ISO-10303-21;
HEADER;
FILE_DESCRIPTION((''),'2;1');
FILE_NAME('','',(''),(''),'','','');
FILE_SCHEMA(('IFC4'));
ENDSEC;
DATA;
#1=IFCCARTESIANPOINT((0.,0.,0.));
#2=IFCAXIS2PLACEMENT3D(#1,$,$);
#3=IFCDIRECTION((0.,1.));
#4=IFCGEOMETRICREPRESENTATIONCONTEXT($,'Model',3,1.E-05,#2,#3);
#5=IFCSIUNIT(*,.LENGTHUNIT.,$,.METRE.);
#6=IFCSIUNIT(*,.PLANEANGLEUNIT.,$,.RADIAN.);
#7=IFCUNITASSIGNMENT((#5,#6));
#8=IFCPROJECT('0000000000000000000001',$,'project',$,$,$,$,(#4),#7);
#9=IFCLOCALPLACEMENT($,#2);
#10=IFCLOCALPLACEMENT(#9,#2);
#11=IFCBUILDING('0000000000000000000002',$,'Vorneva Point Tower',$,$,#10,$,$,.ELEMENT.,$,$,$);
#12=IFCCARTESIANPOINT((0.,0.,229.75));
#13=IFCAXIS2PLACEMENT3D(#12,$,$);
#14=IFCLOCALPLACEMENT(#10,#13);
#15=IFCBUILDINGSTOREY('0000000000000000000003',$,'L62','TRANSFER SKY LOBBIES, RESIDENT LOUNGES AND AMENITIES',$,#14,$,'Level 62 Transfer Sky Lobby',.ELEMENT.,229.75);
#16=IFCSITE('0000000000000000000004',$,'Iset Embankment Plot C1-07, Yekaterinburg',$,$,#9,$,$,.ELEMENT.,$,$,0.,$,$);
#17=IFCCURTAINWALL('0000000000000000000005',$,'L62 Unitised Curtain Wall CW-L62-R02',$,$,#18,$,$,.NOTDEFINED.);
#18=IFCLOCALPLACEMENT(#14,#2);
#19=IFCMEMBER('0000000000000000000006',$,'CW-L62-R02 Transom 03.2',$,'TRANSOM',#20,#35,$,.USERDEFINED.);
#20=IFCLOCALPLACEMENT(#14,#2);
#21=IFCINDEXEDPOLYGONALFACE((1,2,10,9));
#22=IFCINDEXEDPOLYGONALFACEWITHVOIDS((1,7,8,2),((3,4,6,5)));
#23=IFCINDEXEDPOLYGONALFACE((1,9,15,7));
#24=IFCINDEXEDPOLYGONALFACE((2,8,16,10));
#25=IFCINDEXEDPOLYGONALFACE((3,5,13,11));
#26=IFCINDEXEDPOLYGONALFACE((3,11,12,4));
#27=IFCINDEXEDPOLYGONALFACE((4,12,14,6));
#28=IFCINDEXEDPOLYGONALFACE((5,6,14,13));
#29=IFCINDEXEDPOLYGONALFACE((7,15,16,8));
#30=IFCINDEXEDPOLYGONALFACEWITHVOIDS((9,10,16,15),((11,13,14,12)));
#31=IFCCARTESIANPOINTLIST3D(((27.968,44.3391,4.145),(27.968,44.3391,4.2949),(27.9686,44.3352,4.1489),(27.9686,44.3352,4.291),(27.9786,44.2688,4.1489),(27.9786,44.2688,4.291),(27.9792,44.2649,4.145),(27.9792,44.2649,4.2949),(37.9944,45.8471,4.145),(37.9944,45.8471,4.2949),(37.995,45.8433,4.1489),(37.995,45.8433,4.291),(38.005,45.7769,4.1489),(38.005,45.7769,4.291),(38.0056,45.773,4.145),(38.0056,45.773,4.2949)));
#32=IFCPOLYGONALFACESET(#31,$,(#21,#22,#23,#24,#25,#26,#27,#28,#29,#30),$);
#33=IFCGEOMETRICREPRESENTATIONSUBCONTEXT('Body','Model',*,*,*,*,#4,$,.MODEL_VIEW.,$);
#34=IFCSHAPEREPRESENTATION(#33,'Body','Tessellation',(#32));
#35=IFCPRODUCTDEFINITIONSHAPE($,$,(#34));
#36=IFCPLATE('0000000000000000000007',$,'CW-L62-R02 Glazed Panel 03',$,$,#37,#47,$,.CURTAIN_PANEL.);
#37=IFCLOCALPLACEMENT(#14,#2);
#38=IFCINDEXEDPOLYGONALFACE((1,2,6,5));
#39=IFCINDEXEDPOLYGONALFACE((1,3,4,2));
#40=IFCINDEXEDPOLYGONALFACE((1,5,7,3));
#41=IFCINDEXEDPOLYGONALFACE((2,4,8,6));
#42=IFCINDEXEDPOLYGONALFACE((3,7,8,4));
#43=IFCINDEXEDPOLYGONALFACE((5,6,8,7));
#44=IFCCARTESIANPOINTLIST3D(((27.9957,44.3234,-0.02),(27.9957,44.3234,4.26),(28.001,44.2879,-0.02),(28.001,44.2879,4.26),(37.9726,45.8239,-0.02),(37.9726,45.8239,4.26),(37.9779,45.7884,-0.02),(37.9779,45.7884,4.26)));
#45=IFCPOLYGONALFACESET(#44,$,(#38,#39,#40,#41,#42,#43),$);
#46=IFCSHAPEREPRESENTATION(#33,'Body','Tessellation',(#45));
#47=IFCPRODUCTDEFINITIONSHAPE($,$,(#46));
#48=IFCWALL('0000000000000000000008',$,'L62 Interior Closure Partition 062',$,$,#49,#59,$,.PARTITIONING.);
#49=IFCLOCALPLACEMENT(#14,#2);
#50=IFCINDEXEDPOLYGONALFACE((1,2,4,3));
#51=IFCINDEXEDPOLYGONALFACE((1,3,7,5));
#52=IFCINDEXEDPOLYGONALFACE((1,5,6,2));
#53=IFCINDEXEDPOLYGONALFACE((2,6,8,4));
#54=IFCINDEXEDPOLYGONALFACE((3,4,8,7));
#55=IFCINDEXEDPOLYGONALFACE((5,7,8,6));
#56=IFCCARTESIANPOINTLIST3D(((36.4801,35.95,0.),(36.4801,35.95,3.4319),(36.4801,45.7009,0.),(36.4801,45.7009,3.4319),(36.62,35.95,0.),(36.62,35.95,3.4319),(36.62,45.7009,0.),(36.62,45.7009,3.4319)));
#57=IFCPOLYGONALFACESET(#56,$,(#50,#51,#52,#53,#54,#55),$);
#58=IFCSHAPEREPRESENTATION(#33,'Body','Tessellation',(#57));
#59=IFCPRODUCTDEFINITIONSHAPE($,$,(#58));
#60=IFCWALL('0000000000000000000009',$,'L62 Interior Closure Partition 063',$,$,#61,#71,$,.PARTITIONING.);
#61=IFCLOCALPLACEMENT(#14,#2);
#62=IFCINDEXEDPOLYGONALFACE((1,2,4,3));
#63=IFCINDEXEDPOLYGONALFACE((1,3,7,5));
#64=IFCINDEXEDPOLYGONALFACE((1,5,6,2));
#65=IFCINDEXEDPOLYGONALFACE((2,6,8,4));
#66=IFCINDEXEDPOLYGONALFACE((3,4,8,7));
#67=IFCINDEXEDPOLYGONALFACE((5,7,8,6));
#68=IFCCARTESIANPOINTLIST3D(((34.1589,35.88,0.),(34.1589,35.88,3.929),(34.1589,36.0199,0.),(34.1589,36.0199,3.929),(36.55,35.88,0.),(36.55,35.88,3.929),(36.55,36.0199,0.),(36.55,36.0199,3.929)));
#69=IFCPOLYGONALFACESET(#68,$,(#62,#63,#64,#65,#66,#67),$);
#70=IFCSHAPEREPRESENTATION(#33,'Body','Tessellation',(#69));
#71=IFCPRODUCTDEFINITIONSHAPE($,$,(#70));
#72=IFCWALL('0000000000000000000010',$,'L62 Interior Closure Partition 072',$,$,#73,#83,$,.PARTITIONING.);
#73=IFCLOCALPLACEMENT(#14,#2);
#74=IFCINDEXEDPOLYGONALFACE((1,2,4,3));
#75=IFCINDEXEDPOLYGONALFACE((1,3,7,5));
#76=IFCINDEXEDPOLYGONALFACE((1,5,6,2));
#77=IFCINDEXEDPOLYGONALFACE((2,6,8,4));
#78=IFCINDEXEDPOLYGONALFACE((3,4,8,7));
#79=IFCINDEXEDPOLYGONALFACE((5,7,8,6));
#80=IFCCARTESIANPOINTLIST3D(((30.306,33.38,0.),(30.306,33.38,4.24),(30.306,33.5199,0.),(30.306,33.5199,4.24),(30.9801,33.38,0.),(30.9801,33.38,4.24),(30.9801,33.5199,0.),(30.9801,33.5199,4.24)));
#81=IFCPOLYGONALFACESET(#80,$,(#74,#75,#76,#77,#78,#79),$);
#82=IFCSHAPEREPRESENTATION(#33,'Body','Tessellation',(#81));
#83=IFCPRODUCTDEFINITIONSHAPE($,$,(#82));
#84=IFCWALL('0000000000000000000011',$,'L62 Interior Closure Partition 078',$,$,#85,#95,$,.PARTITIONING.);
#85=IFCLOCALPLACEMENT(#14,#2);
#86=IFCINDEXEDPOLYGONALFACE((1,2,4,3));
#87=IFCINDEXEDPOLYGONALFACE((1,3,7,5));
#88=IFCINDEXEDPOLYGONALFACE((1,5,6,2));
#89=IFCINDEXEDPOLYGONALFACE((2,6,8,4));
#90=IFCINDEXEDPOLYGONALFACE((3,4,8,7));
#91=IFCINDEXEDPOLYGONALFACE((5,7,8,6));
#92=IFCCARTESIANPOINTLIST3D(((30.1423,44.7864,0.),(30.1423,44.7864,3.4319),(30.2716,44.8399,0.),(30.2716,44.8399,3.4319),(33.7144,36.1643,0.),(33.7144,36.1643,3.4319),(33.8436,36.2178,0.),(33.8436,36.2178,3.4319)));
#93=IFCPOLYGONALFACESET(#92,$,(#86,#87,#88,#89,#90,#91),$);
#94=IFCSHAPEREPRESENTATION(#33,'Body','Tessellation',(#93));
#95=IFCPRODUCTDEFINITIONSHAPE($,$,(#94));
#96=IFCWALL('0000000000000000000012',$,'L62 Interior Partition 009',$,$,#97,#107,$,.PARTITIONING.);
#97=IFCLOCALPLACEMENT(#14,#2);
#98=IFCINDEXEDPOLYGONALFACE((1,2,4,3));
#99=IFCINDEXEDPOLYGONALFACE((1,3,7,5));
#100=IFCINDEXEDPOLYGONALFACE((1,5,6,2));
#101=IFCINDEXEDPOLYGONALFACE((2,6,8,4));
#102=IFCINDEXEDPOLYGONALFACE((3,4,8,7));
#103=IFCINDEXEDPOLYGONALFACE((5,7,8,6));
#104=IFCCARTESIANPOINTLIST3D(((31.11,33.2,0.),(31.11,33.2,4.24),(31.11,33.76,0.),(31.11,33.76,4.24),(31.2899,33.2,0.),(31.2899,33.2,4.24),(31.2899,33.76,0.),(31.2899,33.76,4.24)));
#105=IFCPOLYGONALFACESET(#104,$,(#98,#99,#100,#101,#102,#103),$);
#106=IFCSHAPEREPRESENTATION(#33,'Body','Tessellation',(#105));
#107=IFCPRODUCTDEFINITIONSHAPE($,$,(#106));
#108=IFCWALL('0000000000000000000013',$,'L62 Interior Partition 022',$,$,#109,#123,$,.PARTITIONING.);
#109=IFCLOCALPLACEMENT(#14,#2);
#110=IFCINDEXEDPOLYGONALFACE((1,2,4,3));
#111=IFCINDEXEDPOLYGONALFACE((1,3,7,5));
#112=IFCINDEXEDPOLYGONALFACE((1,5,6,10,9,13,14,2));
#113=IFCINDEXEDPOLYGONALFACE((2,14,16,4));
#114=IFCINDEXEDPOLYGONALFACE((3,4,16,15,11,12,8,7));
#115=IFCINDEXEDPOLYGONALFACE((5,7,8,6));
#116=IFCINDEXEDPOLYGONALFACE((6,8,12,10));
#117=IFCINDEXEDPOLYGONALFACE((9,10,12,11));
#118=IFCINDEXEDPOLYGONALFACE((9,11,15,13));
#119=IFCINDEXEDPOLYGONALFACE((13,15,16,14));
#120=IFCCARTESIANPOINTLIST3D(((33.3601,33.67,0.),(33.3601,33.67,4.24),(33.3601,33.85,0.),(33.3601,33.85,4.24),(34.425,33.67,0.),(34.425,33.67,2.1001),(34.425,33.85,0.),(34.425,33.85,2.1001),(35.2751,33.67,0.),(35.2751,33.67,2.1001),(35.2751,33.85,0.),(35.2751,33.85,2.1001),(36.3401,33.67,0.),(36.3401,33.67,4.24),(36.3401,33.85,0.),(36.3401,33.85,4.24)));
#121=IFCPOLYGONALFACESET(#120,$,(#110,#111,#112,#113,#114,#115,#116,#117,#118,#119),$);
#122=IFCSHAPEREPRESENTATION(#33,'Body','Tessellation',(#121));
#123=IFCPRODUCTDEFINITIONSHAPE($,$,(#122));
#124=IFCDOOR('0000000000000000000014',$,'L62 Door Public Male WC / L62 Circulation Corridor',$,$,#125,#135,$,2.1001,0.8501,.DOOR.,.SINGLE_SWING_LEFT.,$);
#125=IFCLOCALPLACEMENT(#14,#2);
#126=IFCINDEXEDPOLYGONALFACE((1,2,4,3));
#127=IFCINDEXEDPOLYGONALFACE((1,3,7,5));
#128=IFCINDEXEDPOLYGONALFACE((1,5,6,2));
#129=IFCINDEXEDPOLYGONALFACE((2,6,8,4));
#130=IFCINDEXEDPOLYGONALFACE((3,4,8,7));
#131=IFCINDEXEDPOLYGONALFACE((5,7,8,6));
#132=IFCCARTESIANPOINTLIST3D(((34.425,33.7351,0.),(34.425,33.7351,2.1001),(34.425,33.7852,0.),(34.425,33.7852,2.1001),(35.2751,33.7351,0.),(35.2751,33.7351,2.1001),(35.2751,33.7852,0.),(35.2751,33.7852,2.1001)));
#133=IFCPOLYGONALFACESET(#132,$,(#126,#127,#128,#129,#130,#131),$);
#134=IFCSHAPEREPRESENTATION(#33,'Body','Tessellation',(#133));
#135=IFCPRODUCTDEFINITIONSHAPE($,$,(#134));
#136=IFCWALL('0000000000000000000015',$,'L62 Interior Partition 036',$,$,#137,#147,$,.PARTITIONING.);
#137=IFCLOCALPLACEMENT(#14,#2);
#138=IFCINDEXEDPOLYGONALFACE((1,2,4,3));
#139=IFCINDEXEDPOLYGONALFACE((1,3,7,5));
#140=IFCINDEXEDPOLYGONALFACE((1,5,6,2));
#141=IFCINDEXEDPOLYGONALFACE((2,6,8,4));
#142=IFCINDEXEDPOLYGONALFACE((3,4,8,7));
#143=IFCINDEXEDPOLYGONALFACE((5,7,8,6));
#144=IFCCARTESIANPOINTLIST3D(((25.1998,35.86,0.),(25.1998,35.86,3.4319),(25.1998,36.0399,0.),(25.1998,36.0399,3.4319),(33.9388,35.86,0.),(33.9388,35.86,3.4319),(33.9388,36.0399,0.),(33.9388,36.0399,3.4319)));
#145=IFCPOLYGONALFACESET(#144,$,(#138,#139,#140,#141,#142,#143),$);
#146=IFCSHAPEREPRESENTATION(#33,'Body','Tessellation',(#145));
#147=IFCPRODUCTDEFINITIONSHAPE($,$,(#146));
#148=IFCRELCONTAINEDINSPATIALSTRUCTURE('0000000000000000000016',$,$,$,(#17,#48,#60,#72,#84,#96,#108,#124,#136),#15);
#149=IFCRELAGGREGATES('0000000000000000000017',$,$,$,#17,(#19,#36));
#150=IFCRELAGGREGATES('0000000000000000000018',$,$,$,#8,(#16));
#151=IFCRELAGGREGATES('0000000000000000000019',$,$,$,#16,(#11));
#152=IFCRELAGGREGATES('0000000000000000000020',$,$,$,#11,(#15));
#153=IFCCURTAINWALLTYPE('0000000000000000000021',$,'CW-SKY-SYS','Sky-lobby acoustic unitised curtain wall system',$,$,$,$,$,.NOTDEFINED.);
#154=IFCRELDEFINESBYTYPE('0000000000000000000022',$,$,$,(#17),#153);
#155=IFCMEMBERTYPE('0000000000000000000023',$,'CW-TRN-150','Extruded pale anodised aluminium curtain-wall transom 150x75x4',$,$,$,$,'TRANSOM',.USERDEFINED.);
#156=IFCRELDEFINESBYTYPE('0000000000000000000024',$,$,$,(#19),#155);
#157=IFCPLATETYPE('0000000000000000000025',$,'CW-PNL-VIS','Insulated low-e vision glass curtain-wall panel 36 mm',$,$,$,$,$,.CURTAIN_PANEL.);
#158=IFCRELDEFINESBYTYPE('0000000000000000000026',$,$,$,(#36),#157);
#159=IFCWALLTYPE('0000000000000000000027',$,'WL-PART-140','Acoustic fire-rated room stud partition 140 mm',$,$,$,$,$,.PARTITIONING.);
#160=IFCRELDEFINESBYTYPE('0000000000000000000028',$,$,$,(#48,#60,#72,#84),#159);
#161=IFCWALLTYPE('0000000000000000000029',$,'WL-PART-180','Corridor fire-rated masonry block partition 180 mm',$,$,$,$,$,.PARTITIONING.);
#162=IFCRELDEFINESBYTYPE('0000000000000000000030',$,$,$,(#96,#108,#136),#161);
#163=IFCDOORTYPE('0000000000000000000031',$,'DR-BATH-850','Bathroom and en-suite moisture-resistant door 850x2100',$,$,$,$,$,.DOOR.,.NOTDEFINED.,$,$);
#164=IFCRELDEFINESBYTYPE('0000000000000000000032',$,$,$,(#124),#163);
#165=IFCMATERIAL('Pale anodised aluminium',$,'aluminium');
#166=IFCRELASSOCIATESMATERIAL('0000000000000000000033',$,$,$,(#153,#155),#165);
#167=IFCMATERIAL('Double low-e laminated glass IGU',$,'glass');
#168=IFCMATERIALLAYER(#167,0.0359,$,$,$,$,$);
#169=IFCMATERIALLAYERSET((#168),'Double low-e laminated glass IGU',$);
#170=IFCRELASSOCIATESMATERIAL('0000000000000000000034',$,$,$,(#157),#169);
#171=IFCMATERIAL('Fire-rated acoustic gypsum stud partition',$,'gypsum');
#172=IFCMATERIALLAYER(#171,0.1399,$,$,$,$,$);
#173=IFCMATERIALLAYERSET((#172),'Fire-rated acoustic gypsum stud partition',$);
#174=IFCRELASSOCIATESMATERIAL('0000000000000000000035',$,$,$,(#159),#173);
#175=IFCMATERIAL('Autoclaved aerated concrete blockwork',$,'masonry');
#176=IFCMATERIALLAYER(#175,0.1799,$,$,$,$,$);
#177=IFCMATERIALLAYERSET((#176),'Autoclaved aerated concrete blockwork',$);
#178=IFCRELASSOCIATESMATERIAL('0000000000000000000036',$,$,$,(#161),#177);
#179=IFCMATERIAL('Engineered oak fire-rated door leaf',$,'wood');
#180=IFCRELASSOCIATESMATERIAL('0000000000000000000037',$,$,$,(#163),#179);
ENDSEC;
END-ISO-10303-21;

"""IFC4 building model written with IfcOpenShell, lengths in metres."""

from ifc_helpers import new_model, si_unit, direction, frame, frame_2d, origin, origin_2d, place, context, subcontext, project, spatial, rectangle, hollow_rectangle, extrude, material, layer, layer_set, material_profile, profile_set, type_object, element, fill, aggregate, save


model = new_model("IFC4")

# Units and contexts
model_context = context("Model", 3, precision=1e-05, world=origin(), true_north=direction((0.0, 1.0)))
body_context = subcontext(model_context, "Body", "Model", "MODEL_VIEW")
ifc_project = project(units=[si_unit("LENGTHUNIT", "METRE"), si_unit("PLANEANGLEUNIT", "RADIAN")], contexts=[model_context])

# Site, building, storey
site_placement = place(None, origin())
site = spatial("IfcSite", under=ifc_project, at=site_placement, Name="Iset Embankment Plot C1-07, Yekaterinburg", CompositionType="ELEMENT", RefElevation=0.0)
building_placement = place(site_placement, origin())
building = spatial("IfcBuilding", under=site, at=building_placement, Name="Vorneva Point Tower", CompositionType="ELEMENT")
storey_placement = place(building_placement, frame((0.0, 0.0, 229.75)))
storey = spatial("IfcBuildingStorey", under=building, at=storey_placement, Name="L62", Description="TRANSFER SKY LOBBIES, RESIDENT LOUNGES AND AMENITIES", LongName="Level 62 Transfer Sky Lobby", CompositionType="ELEMENT", Elevation=229.75)

# Curtain wall, member, plate
ifc_material_1 = material(Name="Pale anodised aluminium", Category="aluminium")
curtain_wall_type = type_object("IfcCurtainWallType", Name="CW-SKY-SYS", Description="Sky-lobby acoustic unitised curtain wall system", PredefinedType="NOTDEFINED", material=ifc_material_1)
curtain_wall_placement = place(storey_placement, origin())
curtain_wall = element("IfcCurtainWall", 1, at=curtain_wall_placement, inside=storey, type_object=curtain_wall_type, Name="L62 Unitised Curtain Wall CW-L62-R02", PredefinedType="NOTDEFINED")
ifc_material_profile_1 = material_profile(ifc_material_1, hollow_rectangle(XDim=0.075, YDim=0.1499, WallThickness=0.0039, at=origin_2d()), Name="AL-TRN 150x75x4")
ifc_profile_set_1 = profile_set([ifc_material_profile_1], Name="Pale anodised aluminium")
member_type_1 = type_object("IfcMemberType", Name="CW-TRN-150", Description="Extruded pale anodised aluminium curtain-wall transom 150x75x4", ElementType="TRANSOM", PredefinedType="USERDEFINED", material=ifc_profile_set_1)
member_1_placement = place(storey_placement, frame((38.0, 45.8101, 4.22), z_axis=(-0.988877, -0.148736, 0.0), x_axis=(0.148736, -0.988877, 0.0)))
member_1 = element("IfcMember", 2, at=member_1_placement, type_object=member_type_1, Name="CW-L62-R02 Transom 03.2", ObjectType="TRANSOM", PredefinedType="USERDEFINED", context=body_context, shape_type="SweptSolid", body=[
    extrude(hollow_rectangle(XDim=0.075, YDim=0.1499, WallThickness=0.0039, at=origin_2d()), origin(), (0.0, 0.0, 1.0), 10.1392),
])
ifc_material_2 = material(Name="Double low-e laminated glass IGU", Category="glass")
ifc_layer_1 = layer(ifc_material_2, 0.0359)
ifc_layer_set_1 = layer_set([ifc_layer_1], Name="Double low-e laminated glass IGU")
plate_type = type_object("IfcPlateType", Name="CW-PNL-VIS", Description="Insulated low-e vision glass curtain-wall panel 36 mm", PredefinedType="CURTAIN_PANEL", material=ifc_layer_set_1)
plate_placement = place(storey_placement, frame((32.9868, 45.0559, -0.02), z_axis=(0.0, 0.0, 1.0), x_axis=(-0.988879, -0.148724, 0.0)))
plate = element("IfcPlate", 3, at=plate_placement, type_object=plate_type, Name="CW-L62-R02 Glazed Panel 03", PredefinedType="CURTAIN_PANEL", context=body_context, shape_type="SweptSolid", body=[
    extrude(rectangle(XDim=10.0891, YDim=0.0359, at=origin_2d()), origin(), (0.0, 0.0, 1.0), 4.28),
])
aggregate(curtain_wall, [member_1, plate])

# Walls
ifc_material_3 = material(Name="Fire-rated acoustic gypsum stud partition", Category="gypsum")
ifc_layer_2 = layer(ifc_material_3, 0.1399)
ifc_layer_set_2 = layer_set([ifc_layer_2], Name="Fire-rated acoustic gypsum stud partition")
wall_type_1 = type_object("IfcWallType", Name="WL-PART-140", Description="Acoustic fire-rated room stud partition 140 mm", PredefinedType="PARTITIONING", material=ifc_layer_set_2)
wall_1_placement = place(storey_placement, frame((36.55, 45.7009, 0.0), z_axis=(0.0, 0.0, 1.0), x_axis=(0.0, -1.0, 0.0)))
element("IfcWall", 4, at=wall_1_placement, inside=storey, type_object=wall_type_1, Name="L62 Interior Closure Partition 062", PredefinedType="PARTITIONING", context=body_context, shape_type="SweptSolid", body=[
    extrude(rectangle(XDim=9.751, YDim=0.1399, at=frame_2d((4.8755, 0.0))), origin(), (0.0, 0.0, 1.0), 3.4319),
])
wall_2_placement = place(storey_placement, frame((36.55, 35.95, 0.0), z_axis=(0.0, 0.0, 1.0), x_axis=(-1.0, 0.0, 0.0)))
element("IfcWall", 5, at=wall_2_placement, inside=storey, type_object=wall_type_1, Name="L62 Interior Closure Partition 063", PredefinedType="PARTITIONING", context=body_context, shape_type="SweptSolid", body=[
    extrude(rectangle(XDim=2.3911, YDim=0.1399, at=frame_2d((1.1956, 0.0))), origin(), (0.0, 0.0, 1.0), 3.929),
])
wall_3_placement = place(storey_placement, frame((30.98, 33.45, 0.0), z_axis=(0.0, 0.0, 1.0), x_axis=(-1.0, 0.0, 0.0)))
element("IfcWall", 6, at=wall_3_placement, inside=storey, type_object=wall_type_1, Name="L62 Interior Closure Partition 072", PredefinedType="PARTITIONING", context=body_context, shape_type="SweptSolid", body=[
    extrude(rectangle(XDim=0.6741, YDim=0.1399, at=frame_2d((0.3369, 0.0))), origin(), (0.0, 0.0, 1.0), 4.24),
])
wall_4_placement = place(storey_placement, frame((33.7791, 36.1909, 0.0), z_axis=(0.0, 0.0, 1.0), x_axis=(-0.382742, 0.923855, 0.0)))
element("IfcWall", 7, at=wall_4_placement, inside=storey, type_object=wall_type_1, Name="L62 Interior Closure Partition 078", PredefinedType="PARTITIONING", context=body_context, shape_type="SweptSolid", body=[
    extrude(rectangle(XDim=9.3328, YDim=0.1399, at=frame_2d((4.6665, 0.0))), origin(), (0.0, 0.0, 1.0), 3.4319),
])

# Shared definitions
ifc_material_4 = material(Name="Autoclaved aerated concrete blockwork", Category="masonry")
ifc_layer_3 = layer(ifc_material_4, 0.1799)
ifc_layer_set_3 = layer_set([ifc_layer_3], Name="Autoclaved aerated concrete blockwork")
wall_type_2 = type_object("IfcWallType", Name="WL-PART-180", Description="Corridor fire-rated masonry block partition 180 mm", PredefinedType="PARTITIONING", material=ifc_layer_set_3)

# Wall
wall_5_placement = place(storey_placement, frame((31.2, 33.76, 0.0), z_axis=(0.0, 0.0, 1.0), x_axis=(0.0, -1.0, 0.0)))
element("IfcWall", 8, at=wall_5_placement, inside=storey, type_object=wall_type_2, Name="L62 Interior Partition 009", PredefinedType="PARTITIONING", context=body_context, shape_type="SweptSolid", body=[
    extrude(rectangle(XDim=0.5601, YDim=0.1799, at=frame_2d((0.28, 0.0))), origin(), (0.0, 0.0, 1.0), 4.24),
])

# Wall, opening, door
wall_6_placement = place(storey_placement, frame((36.3401, 33.76, 0.0), z_axis=(0.0, 0.0, 1.0), x_axis=(-1.0, 0.0, 0.0)))
wall_6 = element("IfcWall", 9, at=wall_6_placement, inside=storey, type_object=wall_type_2, Name="L62 Interior Partition 022", PredefinedType="PARTITIONING", context=body_context, shape_type="SweptSolid", body=[
    extrude(rectangle(XDim=2.98, YDim=0.1799, at=frame_2d((1.49, 0.0))), origin(), (0.0, 0.0, 1.0), 4.24),
])
opening_1_placement = place(wall_6_placement, frame((1.0649, 0.0, 0.0)))
opening_1 = element("IfcOpeningElement", 10, at=opening_1_placement, cuts=wall_6, PredefinedType="OPENING", context=body_context, shape_type="SweptSolid", body=[
    extrude(rectangle(XDim=0.8501, YDim=2.1001, at=frame_2d((0.425, 1.05))), frame((0.0, 0.105, 0.0), z_axis=(0.0, -1.0, 0.0), x_axis=(1.0, 0.0, 0.0)), (0.0, 0.0, 1.0), 0.2097),
])
ifc_material_5 = material(Name="Engineered oak fire-rated door leaf", Category="wood")
door_type_1 = type_object("IfcDoorType", Name="DR-BATH-850", Description="Bathroom and en-suite moisture-resistant door 850x2100", OperationType="NOTDEFINED", PredefinedType="DOOR", material=ifc_material_5)
door_1_placement = place(opening_1_placement, origin())
door_1 = element("IfcDoor", 11, at=door_1_placement, inside=storey, type_object=door_type_1, Name="L62 Door Public Male WC / L62 Circulation Corridor", OperationType="SINGLE_SWING_LEFT", OverallHeight=2.1001, OverallWidth=0.8501, PredefinedType="DOOR", context=body_context, shape_type="SweptSolid", body=[
    extrude(rectangle(XDim=0.8501, YDim=2.1001, at=frame_2d((0.425, 1.05))), frame((0.0, 0.0249, 0.0), z_axis=(0.0, -1.0, 0.0), x_axis=(1.0, 0.0, 0.0)), (0.0, 0.0, 1.0), 0.05),
])
fill(opening_1, door_1)

# Wall
wall_7_placement = place(storey_placement, frame((33.939, 35.95, 0.0), z_axis=(0.0, 0.0, 1.0), x_axis=(-1.0, 0.0, 0.0)))
element("IfcWall", 12, at=wall_7_placement, inside=storey, type_object=wall_type_2, Name="L62 Interior Partition 036", PredefinedType="PARTITIONING", context=body_context, shape_type="SweptSolid", body=[
    extrude(rectangle(XDim=8.739, YDim=0.1799, at=frame_2d((4.3696, 0.0))), origin(), (0.0, 0.0, 1.0), 3.4319),
])

save(model, "model.ifc")
